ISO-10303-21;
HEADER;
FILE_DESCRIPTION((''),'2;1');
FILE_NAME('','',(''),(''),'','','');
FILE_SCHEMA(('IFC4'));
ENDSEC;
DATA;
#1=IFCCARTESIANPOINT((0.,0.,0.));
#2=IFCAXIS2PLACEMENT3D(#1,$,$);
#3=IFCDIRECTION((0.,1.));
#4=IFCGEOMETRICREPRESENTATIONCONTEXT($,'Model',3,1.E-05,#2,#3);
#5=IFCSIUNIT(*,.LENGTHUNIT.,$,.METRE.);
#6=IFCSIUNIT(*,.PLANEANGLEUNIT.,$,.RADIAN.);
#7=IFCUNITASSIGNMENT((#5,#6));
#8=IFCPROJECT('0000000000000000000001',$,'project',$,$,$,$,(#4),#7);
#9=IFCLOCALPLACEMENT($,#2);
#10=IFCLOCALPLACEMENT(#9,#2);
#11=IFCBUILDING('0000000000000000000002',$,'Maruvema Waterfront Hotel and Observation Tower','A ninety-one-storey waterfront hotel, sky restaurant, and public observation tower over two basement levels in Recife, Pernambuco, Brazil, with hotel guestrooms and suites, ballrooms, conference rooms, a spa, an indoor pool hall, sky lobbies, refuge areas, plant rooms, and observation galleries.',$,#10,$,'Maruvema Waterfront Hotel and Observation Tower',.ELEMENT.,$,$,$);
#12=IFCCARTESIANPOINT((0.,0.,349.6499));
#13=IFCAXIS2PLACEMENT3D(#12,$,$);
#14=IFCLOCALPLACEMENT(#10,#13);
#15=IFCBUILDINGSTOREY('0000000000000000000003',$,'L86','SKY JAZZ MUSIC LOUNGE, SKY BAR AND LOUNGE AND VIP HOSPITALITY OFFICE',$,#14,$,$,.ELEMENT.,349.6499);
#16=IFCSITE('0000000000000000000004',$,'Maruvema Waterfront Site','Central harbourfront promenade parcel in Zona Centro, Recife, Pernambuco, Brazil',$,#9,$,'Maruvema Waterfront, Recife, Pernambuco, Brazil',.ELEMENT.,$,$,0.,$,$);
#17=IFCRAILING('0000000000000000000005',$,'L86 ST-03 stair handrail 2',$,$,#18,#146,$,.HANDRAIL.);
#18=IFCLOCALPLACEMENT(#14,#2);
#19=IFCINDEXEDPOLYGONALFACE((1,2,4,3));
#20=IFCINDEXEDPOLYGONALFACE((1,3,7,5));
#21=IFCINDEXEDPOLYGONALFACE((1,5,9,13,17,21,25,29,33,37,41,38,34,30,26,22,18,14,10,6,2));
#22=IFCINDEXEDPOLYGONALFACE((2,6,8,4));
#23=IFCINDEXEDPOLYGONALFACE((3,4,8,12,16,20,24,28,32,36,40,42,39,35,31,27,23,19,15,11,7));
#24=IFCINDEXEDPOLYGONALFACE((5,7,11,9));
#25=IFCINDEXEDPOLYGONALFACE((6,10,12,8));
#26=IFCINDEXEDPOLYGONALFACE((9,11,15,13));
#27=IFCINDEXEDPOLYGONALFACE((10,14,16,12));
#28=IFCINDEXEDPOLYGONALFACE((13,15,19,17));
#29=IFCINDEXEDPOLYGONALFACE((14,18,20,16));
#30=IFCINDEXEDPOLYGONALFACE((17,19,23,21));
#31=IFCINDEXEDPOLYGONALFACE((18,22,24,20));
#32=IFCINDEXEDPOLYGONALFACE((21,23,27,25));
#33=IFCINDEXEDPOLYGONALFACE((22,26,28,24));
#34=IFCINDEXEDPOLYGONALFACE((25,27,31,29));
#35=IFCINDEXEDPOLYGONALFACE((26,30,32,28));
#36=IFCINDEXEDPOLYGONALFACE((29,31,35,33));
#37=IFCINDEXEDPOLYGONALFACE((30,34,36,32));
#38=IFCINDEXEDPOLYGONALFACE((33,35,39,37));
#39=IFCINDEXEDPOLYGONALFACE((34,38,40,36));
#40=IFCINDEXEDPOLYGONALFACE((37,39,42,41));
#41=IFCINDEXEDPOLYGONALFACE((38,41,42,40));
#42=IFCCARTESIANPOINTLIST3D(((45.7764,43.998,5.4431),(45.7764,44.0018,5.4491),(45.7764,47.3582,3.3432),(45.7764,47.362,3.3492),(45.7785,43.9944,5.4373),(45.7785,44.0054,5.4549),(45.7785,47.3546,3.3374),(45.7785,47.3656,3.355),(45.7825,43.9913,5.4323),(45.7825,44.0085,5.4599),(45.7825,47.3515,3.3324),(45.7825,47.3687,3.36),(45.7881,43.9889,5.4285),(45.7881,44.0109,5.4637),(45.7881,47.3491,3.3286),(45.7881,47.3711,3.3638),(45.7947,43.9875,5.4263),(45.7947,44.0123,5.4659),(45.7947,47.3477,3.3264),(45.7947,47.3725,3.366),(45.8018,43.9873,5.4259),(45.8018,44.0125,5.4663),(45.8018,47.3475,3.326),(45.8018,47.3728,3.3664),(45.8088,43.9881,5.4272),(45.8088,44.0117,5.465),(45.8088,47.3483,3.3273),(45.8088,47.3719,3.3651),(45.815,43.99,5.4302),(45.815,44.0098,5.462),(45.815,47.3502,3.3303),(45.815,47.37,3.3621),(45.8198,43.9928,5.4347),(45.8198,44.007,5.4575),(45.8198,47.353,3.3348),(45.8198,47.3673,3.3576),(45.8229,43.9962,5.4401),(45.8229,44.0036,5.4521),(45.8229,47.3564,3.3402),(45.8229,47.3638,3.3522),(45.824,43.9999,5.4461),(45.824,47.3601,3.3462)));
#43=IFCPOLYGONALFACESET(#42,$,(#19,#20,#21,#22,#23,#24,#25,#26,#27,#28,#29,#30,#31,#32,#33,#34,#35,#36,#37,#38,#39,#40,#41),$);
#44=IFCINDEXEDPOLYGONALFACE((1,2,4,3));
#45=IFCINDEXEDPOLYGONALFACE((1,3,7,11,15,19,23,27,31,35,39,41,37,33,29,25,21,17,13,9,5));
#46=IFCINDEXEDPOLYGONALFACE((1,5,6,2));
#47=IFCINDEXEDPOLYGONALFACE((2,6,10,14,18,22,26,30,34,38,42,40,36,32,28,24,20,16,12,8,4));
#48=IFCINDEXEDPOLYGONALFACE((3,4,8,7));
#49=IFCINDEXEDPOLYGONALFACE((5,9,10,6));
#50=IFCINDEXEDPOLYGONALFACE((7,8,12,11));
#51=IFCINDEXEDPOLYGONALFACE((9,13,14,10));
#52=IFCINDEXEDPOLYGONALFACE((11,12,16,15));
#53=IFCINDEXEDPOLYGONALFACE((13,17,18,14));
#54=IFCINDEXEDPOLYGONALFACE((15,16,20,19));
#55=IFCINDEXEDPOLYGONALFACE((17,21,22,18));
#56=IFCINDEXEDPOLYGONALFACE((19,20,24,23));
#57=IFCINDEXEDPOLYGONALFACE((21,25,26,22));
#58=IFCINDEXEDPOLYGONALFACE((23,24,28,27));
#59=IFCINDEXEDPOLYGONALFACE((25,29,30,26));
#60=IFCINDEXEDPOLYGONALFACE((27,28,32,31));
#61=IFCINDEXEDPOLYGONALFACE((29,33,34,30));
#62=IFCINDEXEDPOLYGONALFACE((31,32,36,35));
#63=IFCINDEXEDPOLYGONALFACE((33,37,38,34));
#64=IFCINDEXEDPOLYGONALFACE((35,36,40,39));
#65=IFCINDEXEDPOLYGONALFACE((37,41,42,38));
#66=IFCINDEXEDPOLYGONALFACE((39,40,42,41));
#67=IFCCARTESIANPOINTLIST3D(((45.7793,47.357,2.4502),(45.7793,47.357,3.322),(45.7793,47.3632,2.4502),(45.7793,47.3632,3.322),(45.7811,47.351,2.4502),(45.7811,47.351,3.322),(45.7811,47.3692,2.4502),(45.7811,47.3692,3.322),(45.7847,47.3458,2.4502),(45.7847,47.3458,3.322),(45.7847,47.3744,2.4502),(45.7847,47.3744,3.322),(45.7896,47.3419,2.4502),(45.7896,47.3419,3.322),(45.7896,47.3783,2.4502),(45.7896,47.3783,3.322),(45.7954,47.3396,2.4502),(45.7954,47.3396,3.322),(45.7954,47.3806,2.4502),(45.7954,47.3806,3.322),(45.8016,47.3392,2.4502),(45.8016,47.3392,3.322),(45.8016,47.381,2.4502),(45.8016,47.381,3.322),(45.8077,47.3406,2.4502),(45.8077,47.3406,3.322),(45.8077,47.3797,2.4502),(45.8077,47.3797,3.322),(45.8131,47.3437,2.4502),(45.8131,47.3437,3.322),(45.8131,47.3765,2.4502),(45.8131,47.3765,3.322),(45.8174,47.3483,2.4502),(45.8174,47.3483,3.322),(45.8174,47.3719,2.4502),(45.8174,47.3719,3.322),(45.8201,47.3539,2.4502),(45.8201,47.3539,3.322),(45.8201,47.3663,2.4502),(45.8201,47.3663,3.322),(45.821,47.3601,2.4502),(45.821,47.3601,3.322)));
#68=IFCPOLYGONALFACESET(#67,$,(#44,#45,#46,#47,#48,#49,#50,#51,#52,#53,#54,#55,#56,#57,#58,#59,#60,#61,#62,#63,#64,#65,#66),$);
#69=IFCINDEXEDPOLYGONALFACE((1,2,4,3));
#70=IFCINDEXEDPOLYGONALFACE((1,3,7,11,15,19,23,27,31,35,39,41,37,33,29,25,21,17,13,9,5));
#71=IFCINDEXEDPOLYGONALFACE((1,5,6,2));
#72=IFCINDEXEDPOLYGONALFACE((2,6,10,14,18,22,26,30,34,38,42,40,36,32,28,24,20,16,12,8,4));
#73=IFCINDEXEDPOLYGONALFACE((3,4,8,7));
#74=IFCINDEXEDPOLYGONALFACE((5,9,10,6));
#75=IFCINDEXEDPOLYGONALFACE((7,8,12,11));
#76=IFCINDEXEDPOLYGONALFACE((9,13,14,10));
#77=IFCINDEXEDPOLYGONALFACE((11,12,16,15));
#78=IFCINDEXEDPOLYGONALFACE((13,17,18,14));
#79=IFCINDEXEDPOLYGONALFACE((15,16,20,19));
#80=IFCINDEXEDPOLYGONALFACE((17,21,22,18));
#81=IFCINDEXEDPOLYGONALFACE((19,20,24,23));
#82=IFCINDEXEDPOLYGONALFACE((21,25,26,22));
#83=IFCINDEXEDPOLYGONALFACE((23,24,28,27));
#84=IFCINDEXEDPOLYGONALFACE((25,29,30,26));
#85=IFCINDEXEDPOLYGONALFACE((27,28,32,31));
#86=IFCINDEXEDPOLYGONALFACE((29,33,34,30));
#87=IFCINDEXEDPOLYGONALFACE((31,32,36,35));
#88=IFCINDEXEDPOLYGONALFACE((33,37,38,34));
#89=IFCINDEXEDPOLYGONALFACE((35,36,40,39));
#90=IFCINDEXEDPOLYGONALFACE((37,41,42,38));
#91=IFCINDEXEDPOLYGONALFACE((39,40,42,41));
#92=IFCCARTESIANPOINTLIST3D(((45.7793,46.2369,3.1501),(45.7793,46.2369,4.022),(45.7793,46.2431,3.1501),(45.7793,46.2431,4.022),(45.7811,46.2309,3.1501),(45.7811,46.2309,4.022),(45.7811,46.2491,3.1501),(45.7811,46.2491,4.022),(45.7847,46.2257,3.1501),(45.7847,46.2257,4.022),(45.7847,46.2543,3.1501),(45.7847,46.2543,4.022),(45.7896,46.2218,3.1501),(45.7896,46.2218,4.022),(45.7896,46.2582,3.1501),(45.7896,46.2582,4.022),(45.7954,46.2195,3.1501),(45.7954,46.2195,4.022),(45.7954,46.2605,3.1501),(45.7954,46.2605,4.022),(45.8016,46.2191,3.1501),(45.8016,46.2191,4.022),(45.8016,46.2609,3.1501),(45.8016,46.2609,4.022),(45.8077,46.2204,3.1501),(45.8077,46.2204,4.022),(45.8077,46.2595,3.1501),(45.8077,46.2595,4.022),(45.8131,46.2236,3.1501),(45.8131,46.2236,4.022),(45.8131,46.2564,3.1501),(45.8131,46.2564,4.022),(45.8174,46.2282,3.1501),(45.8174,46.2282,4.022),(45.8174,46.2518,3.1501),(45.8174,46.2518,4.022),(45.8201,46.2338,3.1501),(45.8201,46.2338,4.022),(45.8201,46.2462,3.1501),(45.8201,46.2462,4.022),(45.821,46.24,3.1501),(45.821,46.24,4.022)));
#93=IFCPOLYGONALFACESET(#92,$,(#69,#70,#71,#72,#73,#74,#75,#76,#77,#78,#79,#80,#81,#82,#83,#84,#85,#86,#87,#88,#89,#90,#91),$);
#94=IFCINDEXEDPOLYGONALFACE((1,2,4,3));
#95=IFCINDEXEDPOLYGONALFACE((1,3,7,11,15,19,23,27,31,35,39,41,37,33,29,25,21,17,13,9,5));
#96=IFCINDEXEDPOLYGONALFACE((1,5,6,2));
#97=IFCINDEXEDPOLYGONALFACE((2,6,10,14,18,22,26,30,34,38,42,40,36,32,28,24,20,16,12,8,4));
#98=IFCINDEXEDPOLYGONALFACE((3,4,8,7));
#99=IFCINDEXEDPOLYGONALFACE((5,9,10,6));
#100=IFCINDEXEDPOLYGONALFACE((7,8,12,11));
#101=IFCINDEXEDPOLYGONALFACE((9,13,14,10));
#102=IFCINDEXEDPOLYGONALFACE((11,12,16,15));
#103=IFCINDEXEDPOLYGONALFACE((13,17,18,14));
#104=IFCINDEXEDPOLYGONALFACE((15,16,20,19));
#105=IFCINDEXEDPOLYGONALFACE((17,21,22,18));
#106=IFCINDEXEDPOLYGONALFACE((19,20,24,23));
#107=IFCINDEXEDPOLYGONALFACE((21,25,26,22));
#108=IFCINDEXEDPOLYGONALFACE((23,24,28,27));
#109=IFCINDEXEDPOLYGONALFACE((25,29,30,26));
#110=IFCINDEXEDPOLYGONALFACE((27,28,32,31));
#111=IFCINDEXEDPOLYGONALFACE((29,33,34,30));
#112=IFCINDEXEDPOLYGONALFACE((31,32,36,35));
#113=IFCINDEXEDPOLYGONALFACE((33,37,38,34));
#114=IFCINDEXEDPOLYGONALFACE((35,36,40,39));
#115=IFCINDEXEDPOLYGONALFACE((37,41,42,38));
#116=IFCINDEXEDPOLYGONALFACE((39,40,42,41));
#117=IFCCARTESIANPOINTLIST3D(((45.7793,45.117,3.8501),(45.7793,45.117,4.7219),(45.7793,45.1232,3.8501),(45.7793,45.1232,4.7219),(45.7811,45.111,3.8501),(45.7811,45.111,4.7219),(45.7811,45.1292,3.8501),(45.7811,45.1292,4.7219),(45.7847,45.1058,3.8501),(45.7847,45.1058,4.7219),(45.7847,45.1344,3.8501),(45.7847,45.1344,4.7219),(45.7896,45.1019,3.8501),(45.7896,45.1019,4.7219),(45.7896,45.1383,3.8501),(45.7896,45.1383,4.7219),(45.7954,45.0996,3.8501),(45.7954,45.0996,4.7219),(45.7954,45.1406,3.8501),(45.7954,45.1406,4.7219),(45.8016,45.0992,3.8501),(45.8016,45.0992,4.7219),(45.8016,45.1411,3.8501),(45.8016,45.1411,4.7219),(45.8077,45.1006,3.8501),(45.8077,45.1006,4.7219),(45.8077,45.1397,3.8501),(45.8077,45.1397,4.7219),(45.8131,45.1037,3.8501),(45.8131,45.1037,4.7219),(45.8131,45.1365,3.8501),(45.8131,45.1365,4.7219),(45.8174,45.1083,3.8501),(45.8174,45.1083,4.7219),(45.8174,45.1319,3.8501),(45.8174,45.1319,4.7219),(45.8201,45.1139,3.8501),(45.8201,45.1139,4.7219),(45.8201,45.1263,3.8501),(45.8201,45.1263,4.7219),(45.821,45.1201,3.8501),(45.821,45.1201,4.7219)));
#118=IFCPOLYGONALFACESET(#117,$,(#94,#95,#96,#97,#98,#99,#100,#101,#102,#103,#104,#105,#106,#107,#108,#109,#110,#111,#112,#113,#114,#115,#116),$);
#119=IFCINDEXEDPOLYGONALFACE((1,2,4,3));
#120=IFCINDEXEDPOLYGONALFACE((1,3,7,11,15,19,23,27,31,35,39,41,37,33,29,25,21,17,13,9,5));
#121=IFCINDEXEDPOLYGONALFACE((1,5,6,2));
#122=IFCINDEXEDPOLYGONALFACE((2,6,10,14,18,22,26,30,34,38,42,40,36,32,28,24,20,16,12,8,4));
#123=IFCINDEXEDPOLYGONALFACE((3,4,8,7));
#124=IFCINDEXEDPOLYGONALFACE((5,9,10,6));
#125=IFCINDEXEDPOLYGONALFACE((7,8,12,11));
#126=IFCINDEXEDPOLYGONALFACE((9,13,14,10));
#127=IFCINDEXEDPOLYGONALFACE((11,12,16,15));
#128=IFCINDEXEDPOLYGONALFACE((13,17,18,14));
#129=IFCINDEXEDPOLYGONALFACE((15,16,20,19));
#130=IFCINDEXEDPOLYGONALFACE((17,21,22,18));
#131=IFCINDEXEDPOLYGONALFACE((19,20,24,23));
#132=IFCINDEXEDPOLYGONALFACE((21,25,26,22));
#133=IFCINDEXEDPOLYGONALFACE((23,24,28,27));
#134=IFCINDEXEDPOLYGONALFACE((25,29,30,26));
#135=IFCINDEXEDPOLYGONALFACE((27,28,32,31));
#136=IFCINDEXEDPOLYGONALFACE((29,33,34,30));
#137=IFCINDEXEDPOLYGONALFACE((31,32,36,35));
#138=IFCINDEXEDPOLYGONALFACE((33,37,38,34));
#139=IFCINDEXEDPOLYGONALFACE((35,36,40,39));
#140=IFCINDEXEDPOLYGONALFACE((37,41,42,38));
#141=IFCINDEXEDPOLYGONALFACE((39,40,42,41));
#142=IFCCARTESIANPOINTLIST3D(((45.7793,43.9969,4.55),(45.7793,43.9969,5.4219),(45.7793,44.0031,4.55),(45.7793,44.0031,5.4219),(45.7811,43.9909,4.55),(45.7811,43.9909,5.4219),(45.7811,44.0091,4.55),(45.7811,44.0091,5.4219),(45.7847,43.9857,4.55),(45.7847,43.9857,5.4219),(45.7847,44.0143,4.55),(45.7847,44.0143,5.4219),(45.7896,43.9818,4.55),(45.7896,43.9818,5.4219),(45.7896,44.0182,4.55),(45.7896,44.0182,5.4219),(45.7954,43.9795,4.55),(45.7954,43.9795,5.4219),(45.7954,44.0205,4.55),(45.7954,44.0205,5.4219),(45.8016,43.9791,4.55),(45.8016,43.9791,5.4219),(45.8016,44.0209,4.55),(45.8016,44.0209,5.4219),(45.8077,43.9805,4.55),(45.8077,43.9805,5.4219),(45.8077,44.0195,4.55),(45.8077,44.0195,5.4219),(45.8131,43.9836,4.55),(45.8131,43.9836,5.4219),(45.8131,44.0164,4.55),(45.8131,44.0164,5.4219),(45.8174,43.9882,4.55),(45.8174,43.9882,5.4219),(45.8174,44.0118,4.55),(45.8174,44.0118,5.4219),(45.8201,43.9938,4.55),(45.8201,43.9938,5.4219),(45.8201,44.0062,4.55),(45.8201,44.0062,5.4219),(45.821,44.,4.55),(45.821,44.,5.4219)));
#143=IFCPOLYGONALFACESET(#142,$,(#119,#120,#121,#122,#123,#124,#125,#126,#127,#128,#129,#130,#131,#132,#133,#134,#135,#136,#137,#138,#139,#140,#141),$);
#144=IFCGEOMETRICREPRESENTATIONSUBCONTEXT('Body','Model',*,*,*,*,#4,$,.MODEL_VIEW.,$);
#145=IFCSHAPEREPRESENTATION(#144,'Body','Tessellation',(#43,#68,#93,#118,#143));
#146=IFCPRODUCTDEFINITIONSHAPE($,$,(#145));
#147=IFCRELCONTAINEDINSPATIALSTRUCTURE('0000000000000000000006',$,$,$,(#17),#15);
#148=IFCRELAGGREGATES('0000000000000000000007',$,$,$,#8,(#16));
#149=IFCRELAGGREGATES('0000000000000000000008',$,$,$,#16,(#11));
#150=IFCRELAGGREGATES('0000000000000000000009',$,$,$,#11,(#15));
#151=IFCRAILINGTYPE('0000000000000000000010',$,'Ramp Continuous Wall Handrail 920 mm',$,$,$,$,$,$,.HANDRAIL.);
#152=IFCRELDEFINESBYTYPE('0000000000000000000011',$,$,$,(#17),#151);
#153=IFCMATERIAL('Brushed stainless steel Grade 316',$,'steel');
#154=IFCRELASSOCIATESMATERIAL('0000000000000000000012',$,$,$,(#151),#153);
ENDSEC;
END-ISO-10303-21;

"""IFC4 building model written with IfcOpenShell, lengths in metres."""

from ifc_helpers import new_model, si_unit, direction, frame, origin, origin_2d, place, context, subcontext, project, spatial, circle, extrude, material, type_object, element, save


model = new_model("IFC4")

# Units and contexts
model_context = context("Model", 3, precision=1e-05, world=origin(), true_north=direction((0.0, 1.0)))
body_context = subcontext(model_context, "Body", "Model", "MODEL_VIEW")
ifc_project = project(units=[si_unit("LENGTHUNIT", "METRE"), si_unit("PLANEANGLEUNIT", "RADIAN")], contexts=[model_context])

# Site, building, storey
site_placement = place(None, origin())
site = spatial("IfcSite", under=ifc_project, at=site_placement, Name="Maruvema Waterfront Site", Description="Central harbourfront promenade parcel in Zona Centro, Recife, Pernambuco, Brazil", LongName="Maruvema Waterfront, Recife, Pernambuco, Brazil", CompositionType="ELEMENT", RefElevation=0.0)
building_placement = place(site_placement, origin())
building = spatial("IfcBuilding", under=site, at=building_placement, Name="Maruvema Waterfront Hotel and Observation Tower", Description="A ninety-one-storey waterfront hotel, sky restaurant, and public observation tower over two basement levels in Recife, Pernambuco, Brazil, with hotel guestrooms and suites, ballrooms, conference rooms, a spa, an indoor pool hall, sky lobbies, refuge areas, plant rooms, and observation galleries.", LongName="Maruvema Waterfront Hotel and Observation Tower", CompositionType="ELEMENT")
storey_placement = place(building_placement, frame((0.0, 0.0, 349.6499)))
storey = spatial("IfcBuildingStorey", under=building, at=storey_placement, Name="L86", Description="SKY JAZZ MUSIC LOUNGE, SKY BAR AND LOUNGE AND VIP HOSPITALITY OFFICE", CompositionType="ELEMENT", Elevation=349.6499)

# Railing
ifc_material_1 = material(Name="Brushed stainless steel Grade 316", Category="steel")
railing_type_1 = type_object("IfcRailingType", Name="Ramp Continuous Wall Handrail 920 mm", PredefinedType="HANDRAIL", material=ifc_material_1)
railing_1_placement = place(storey_placement, frame((45.8, 47.3601, 2.4502)))
element("IfcRailing", 1, at=railing_1_placement, inside=storey, type_object=railing_type_1, Name="L86 ST-03 stair handrail 2", PredefinedType="HANDRAIL", context=body_context, shape_type="SweptSolid", body=[
    extrude(circle(Radius=0.0239, at=origin_2d()), frame((0.0, 0.0, 0.896), z_axis=(0.0, -0.848023, 0.52996), x_axis=(1.0, 0.0, 0.0)), (0.0, 0.0, 1.0), 3.9624),
    extrude(circle(Radius=0.021, at=origin_2d()), origin(), (0.0, 0.0, 1.0), 0.8718),
    extrude(circle(Radius=0.021, at=origin_2d()), frame((0.0, -1.1201, 0.7)), (0.0, 0.0, 1.0), 0.8718),
    extrude(circle(Radius=0.021, at=origin_2d()), frame((0.0, -2.24, 1.3999)), (0.0, 0.0, 1.0), 0.8718),
    extrude(circle(Radius=0.021, at=origin_2d()), frame((0.0, -3.3601, 2.0999)), (0.0, 0.0, 1.0), 0.8718),
])

save(model, "model.ifc")
